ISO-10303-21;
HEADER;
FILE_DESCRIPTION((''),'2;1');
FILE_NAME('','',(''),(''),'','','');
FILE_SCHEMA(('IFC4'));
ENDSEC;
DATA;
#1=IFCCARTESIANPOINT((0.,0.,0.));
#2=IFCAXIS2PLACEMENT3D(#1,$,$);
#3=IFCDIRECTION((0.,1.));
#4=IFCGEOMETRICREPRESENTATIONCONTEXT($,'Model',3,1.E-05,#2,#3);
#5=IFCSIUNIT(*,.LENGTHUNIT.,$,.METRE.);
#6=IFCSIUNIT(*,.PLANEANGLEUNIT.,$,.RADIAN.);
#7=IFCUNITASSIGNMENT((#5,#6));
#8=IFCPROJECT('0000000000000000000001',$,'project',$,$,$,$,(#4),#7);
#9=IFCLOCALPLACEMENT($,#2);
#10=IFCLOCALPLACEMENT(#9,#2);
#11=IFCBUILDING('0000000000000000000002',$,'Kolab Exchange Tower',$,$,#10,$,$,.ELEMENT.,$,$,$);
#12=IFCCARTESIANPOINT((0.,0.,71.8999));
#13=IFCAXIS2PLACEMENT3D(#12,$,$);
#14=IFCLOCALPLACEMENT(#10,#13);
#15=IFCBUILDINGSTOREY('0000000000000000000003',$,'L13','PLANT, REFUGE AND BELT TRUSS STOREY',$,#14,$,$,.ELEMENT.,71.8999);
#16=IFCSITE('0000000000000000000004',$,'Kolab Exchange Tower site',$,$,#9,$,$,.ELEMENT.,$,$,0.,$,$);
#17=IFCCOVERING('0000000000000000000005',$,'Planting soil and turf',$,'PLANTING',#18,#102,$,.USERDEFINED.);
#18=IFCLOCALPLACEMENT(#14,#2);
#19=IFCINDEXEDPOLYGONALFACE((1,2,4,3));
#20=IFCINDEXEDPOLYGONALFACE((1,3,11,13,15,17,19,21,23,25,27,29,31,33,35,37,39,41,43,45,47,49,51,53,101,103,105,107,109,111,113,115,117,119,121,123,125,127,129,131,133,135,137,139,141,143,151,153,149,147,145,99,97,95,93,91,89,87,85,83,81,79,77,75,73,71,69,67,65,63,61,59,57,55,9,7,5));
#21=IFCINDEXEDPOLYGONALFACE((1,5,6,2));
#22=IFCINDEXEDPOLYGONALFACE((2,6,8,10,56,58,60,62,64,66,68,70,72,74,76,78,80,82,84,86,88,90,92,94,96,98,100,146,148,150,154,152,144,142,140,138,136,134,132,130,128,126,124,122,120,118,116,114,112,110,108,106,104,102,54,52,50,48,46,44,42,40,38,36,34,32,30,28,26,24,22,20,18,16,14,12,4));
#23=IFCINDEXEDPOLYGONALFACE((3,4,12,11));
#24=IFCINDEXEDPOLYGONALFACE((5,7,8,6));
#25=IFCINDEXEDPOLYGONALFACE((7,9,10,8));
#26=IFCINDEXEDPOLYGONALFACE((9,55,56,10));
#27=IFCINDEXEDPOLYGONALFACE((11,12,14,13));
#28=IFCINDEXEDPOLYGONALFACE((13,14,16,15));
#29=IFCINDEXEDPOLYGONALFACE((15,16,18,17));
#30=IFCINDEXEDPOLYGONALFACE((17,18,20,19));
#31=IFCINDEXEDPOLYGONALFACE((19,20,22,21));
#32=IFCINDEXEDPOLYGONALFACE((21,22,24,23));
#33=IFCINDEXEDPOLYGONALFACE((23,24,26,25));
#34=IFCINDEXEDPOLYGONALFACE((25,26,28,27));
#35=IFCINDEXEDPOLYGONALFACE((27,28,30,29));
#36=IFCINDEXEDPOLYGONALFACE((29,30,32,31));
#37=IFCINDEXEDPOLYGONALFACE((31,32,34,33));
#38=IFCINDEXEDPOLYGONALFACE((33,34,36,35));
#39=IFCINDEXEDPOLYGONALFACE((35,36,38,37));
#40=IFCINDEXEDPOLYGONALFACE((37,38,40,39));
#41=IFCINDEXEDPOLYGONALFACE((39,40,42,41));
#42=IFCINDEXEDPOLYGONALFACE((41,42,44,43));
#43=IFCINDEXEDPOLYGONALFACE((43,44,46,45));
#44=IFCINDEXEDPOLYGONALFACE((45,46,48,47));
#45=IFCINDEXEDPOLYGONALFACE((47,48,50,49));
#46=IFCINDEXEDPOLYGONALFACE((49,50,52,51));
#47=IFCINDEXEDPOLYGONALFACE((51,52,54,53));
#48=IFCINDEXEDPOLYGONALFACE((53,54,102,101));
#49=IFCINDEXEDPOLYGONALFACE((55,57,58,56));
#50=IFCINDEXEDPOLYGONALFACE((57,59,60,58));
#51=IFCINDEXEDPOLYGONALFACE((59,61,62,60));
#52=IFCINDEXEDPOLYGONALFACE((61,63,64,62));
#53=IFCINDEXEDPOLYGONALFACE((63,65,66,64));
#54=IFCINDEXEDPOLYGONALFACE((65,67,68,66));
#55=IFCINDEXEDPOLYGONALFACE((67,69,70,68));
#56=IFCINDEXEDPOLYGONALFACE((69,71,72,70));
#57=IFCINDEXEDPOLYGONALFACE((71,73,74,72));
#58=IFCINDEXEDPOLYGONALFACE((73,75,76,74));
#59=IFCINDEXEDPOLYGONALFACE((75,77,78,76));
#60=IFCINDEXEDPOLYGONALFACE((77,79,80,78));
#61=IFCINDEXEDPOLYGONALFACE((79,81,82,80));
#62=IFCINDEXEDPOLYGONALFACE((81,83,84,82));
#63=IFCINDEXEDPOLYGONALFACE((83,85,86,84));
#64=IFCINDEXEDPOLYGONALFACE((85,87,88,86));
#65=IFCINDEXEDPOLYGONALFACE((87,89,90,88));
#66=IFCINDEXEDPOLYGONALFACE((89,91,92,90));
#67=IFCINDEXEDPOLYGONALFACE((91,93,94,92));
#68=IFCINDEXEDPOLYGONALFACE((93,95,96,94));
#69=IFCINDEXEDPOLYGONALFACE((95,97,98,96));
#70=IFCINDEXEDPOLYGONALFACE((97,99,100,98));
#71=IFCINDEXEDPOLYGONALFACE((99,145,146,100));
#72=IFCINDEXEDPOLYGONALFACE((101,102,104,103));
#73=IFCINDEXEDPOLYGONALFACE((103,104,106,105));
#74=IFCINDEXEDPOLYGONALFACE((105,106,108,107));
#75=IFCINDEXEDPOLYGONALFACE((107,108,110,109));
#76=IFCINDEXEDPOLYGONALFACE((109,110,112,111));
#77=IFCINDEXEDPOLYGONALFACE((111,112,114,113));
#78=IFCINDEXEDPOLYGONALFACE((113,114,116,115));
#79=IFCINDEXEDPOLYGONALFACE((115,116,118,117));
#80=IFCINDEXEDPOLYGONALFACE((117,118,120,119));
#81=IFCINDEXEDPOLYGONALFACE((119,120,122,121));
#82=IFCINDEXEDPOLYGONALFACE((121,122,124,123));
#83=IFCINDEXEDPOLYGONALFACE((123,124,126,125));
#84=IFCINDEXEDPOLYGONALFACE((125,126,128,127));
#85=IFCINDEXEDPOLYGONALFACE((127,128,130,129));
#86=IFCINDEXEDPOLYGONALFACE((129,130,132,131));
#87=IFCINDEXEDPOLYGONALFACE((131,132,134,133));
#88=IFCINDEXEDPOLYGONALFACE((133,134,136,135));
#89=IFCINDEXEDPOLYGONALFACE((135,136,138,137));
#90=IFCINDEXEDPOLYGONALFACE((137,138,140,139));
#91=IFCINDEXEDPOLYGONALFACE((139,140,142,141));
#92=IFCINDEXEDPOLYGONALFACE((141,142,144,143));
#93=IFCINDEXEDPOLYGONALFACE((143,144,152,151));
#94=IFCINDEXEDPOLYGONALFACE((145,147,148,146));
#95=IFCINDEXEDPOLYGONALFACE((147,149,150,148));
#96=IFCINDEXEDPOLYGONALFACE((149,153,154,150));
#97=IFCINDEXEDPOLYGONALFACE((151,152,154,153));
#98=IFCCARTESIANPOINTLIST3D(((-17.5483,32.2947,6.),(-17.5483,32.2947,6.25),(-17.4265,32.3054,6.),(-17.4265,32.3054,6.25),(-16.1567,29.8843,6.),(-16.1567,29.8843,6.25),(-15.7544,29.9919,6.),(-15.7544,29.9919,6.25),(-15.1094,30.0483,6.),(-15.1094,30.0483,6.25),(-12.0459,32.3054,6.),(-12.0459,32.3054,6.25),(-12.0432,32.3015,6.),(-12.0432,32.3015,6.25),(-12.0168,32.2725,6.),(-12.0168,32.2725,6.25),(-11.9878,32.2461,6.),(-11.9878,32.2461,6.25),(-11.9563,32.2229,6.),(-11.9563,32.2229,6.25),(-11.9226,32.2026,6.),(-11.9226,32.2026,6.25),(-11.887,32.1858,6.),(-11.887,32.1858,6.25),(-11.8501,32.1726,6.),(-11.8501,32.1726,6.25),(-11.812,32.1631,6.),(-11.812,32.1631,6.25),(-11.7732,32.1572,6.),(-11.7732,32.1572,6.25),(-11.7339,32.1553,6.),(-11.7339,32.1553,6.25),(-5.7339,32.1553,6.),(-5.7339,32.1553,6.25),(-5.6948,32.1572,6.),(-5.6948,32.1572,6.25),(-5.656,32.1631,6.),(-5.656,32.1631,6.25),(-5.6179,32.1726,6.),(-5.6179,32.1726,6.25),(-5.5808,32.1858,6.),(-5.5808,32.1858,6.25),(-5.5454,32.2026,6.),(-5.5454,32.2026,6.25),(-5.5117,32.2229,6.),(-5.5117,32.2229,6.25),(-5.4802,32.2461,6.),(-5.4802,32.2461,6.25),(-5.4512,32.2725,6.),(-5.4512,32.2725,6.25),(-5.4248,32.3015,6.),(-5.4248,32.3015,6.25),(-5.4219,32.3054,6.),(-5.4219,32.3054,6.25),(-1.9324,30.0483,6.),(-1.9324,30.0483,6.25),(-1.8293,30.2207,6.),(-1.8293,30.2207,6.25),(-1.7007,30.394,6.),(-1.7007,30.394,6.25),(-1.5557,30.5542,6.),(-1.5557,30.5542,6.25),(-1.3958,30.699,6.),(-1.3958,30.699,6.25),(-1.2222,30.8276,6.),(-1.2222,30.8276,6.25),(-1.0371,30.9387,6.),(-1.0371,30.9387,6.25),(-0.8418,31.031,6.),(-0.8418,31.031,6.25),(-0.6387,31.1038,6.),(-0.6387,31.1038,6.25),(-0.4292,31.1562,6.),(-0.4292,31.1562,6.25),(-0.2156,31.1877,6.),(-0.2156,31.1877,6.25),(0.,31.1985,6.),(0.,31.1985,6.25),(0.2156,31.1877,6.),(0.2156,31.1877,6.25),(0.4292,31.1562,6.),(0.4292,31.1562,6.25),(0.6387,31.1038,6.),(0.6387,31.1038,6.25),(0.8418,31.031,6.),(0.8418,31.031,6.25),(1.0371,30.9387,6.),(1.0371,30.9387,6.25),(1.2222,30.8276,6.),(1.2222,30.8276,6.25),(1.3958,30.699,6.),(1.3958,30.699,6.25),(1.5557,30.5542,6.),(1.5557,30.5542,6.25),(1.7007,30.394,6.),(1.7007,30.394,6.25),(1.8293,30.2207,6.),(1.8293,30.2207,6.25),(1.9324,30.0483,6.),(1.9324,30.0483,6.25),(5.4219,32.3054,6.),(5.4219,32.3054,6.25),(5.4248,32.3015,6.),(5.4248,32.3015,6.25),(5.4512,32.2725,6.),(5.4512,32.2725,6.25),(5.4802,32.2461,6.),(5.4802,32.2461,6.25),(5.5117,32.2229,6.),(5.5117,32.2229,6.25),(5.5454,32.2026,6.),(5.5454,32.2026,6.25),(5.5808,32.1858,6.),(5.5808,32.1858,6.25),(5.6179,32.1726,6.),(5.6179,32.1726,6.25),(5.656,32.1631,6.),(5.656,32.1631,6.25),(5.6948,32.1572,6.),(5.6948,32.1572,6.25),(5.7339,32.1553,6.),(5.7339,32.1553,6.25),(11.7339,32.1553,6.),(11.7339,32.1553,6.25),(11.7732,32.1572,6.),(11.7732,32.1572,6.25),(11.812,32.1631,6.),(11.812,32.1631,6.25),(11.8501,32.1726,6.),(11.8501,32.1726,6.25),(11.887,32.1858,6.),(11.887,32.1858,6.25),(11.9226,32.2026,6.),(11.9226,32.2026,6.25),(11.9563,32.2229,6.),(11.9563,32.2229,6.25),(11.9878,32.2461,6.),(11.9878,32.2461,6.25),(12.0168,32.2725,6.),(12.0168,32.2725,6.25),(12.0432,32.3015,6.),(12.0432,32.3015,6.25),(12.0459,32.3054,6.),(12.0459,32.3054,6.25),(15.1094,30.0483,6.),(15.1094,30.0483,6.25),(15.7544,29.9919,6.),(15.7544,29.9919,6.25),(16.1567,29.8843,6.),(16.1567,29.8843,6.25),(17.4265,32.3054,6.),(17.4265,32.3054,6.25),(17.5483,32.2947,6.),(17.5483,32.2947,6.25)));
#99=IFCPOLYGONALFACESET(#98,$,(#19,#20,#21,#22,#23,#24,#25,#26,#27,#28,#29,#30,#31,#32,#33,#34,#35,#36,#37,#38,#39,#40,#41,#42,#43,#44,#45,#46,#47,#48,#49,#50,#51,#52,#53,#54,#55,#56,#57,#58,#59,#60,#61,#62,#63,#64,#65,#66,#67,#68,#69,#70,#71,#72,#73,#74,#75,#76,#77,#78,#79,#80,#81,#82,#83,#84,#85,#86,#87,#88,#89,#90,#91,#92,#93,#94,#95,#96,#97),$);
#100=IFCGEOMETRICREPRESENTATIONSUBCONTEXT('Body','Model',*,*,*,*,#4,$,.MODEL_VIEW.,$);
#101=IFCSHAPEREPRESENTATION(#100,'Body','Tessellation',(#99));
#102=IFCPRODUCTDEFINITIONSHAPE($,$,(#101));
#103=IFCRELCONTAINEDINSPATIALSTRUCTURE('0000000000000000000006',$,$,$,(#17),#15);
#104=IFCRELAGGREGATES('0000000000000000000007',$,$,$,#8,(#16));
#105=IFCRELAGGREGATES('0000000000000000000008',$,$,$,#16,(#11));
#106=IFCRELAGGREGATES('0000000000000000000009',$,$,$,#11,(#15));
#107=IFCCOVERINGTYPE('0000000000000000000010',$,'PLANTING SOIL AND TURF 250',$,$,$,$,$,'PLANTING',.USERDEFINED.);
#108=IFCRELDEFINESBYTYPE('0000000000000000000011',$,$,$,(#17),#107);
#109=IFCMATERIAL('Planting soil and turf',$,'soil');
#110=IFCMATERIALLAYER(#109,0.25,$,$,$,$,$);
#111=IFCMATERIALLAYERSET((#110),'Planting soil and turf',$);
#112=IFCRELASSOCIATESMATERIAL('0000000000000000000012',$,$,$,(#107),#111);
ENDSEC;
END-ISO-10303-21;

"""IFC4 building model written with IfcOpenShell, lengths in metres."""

from ifc_helpers import new_model, si_unit, direction, frame, origin, place, context, subcontext, project, spatial, polyline, outline, extrude, material, layer, layer_set, type_object, element, save


model = new_model("IFC4")

# Units and contexts
model_context = context("Model", 3, precision=1e-05, world=origin(), true_north=direction((0.0, 1.0)))
body_context = subcontext(model_context, "Body", "Model", "MODEL_VIEW")
ifc_project = project(units=[si_unit("LENGTHUNIT", "METRE"), si_unit("PLANEANGLEUNIT", "RADIAN")], contexts=[model_context])

# Site, building, storey
site_placement = place(None, origin())
site = spatial("IfcSite", under=ifc_project, at=site_placement, Name="Kolab Exchange Tower site", CompositionType="ELEMENT", RefElevation=0.0)
building_placement = place(site_placement, origin())
building = spatial("IfcBuilding", under=site, at=building_placement, Name="Kolab Exchange Tower", CompositionType="ELEMENT")
storey_placement = place(building_placement, frame((0.0, 0.0, 71.8999)))
storey = spatial("IfcBuildingStorey", under=building, at=storey_placement, Name="L13", Description="PLANT, REFUGE AND BELT TRUSS STOREY", CompositionType="ELEMENT", Elevation=71.8999)

# Covering
ifc_material_1 = material(Name="Planting soil and turf", Category="soil")
ifc_layer_1 = layer(ifc_material_1, 0.25)
ifc_layer_set_1 = layer_set([ifc_layer_1], Name="Planting soil and turf")
covering_type_1 = type_object("IfcCoveringType", Name="PLANTING SOIL AND TURF 250", ElementType="PLANTING", PredefinedType="USERDEFINED", material=ifc_layer_set_1)
covering_1_placement = place(storey_placement, frame((0.0, 0.0, 6.0)))
element("IfcCovering", 1, at=covering_1_placement, inside=storey, type_object=covering_type_1, Name="Planting soil and turf", ObjectType="PLANTING", PredefinedType="USERDEFINED", context=body_context, shape_type="SweptSolid", body=[
    extrude(outline(polyline([(-17.4265, 32.3054), (-12.0459, 32.3054), (-12.0432, 32.3015), (-12.0168, 32.2725), (-11.9878, 32.2461), (-11.9563, 32.2229), (-11.9226, 32.2026), (-11.887, 32.1858), (-11.8501, 32.1726), (-11.812, 32.1631), (-11.7732, 32.1572), (-11.7339, 32.1553), (-5.7339, 32.1553), (-5.6948, 32.1572), (-5.656, 32.1631), (-5.6179, 32.1726), (-5.5808, 32.1858), (-5.5454, 32.2026), (-5.5117, 32.2229), (-5.4802, 32.2461), (-5.4512, 32.2725), (-5.4248, 32.3015), (-5.4219, 32.3054), (5.4219, 32.3054), (5.4248, 32.3015), (5.4512, 32.2725), (5.4802, 32.2461), (5.5117, 32.2229), (5.5454, 32.2026), (5.5808, 32.1858), (5.6179, 32.1726), (5.656, 32.1631), (5.6948, 32.1572), (5.7339, 32.1553), (11.7339, 32.1553), (11.7732, 32.1572), (11.812, 32.1631), (11.8501, 32.1726), (11.887, 32.1858), (11.9226, 32.2026), (11.9563, 32.2229), (11.9878, 32.2461), (12.0168, 32.2725), (12.0432, 32.3015), (12.0459, 32.3054), (17.4265, 32.3054), (17.5483, 32.2947), (16.1567, 29.8843), (15.7544, 29.9919), (15.1094, 30.0483), (1.9324, 30.0483), (1.8293, 30.2207), (1.7007, 30.394), (1.5557, 30.5542), (1.3958, 30.699), (1.2222, 30.8276), (1.0371, 30.9387), (0.8418, 31.031), (0.6387, 31.1038), (0.4292, 31.1562), (0.2156, 31.1877), (0.0, 31.1985), (-0.2156, 31.1877), (-0.4292, 31.1562), (-0.6387, 31.1038), (-0.8418, 31.031), (-1.0371, 30.9387), (-1.2222, 30.8276), (-1.3958, 30.699), (-1.5557, 30.5542), (-1.7007, 30.394), (-1.8293, 30.2207), (-1.9324, 30.0483), (-15.1094, 30.0483), (-15.7544, 29.9919), (-16.1567, 29.8843), (-17.5483, 32.2947), (-17.4265, 32.3054)])), origin(), (0.0, 0.0, 1.0), 0.25),
])

save(model, "model.ifc")
